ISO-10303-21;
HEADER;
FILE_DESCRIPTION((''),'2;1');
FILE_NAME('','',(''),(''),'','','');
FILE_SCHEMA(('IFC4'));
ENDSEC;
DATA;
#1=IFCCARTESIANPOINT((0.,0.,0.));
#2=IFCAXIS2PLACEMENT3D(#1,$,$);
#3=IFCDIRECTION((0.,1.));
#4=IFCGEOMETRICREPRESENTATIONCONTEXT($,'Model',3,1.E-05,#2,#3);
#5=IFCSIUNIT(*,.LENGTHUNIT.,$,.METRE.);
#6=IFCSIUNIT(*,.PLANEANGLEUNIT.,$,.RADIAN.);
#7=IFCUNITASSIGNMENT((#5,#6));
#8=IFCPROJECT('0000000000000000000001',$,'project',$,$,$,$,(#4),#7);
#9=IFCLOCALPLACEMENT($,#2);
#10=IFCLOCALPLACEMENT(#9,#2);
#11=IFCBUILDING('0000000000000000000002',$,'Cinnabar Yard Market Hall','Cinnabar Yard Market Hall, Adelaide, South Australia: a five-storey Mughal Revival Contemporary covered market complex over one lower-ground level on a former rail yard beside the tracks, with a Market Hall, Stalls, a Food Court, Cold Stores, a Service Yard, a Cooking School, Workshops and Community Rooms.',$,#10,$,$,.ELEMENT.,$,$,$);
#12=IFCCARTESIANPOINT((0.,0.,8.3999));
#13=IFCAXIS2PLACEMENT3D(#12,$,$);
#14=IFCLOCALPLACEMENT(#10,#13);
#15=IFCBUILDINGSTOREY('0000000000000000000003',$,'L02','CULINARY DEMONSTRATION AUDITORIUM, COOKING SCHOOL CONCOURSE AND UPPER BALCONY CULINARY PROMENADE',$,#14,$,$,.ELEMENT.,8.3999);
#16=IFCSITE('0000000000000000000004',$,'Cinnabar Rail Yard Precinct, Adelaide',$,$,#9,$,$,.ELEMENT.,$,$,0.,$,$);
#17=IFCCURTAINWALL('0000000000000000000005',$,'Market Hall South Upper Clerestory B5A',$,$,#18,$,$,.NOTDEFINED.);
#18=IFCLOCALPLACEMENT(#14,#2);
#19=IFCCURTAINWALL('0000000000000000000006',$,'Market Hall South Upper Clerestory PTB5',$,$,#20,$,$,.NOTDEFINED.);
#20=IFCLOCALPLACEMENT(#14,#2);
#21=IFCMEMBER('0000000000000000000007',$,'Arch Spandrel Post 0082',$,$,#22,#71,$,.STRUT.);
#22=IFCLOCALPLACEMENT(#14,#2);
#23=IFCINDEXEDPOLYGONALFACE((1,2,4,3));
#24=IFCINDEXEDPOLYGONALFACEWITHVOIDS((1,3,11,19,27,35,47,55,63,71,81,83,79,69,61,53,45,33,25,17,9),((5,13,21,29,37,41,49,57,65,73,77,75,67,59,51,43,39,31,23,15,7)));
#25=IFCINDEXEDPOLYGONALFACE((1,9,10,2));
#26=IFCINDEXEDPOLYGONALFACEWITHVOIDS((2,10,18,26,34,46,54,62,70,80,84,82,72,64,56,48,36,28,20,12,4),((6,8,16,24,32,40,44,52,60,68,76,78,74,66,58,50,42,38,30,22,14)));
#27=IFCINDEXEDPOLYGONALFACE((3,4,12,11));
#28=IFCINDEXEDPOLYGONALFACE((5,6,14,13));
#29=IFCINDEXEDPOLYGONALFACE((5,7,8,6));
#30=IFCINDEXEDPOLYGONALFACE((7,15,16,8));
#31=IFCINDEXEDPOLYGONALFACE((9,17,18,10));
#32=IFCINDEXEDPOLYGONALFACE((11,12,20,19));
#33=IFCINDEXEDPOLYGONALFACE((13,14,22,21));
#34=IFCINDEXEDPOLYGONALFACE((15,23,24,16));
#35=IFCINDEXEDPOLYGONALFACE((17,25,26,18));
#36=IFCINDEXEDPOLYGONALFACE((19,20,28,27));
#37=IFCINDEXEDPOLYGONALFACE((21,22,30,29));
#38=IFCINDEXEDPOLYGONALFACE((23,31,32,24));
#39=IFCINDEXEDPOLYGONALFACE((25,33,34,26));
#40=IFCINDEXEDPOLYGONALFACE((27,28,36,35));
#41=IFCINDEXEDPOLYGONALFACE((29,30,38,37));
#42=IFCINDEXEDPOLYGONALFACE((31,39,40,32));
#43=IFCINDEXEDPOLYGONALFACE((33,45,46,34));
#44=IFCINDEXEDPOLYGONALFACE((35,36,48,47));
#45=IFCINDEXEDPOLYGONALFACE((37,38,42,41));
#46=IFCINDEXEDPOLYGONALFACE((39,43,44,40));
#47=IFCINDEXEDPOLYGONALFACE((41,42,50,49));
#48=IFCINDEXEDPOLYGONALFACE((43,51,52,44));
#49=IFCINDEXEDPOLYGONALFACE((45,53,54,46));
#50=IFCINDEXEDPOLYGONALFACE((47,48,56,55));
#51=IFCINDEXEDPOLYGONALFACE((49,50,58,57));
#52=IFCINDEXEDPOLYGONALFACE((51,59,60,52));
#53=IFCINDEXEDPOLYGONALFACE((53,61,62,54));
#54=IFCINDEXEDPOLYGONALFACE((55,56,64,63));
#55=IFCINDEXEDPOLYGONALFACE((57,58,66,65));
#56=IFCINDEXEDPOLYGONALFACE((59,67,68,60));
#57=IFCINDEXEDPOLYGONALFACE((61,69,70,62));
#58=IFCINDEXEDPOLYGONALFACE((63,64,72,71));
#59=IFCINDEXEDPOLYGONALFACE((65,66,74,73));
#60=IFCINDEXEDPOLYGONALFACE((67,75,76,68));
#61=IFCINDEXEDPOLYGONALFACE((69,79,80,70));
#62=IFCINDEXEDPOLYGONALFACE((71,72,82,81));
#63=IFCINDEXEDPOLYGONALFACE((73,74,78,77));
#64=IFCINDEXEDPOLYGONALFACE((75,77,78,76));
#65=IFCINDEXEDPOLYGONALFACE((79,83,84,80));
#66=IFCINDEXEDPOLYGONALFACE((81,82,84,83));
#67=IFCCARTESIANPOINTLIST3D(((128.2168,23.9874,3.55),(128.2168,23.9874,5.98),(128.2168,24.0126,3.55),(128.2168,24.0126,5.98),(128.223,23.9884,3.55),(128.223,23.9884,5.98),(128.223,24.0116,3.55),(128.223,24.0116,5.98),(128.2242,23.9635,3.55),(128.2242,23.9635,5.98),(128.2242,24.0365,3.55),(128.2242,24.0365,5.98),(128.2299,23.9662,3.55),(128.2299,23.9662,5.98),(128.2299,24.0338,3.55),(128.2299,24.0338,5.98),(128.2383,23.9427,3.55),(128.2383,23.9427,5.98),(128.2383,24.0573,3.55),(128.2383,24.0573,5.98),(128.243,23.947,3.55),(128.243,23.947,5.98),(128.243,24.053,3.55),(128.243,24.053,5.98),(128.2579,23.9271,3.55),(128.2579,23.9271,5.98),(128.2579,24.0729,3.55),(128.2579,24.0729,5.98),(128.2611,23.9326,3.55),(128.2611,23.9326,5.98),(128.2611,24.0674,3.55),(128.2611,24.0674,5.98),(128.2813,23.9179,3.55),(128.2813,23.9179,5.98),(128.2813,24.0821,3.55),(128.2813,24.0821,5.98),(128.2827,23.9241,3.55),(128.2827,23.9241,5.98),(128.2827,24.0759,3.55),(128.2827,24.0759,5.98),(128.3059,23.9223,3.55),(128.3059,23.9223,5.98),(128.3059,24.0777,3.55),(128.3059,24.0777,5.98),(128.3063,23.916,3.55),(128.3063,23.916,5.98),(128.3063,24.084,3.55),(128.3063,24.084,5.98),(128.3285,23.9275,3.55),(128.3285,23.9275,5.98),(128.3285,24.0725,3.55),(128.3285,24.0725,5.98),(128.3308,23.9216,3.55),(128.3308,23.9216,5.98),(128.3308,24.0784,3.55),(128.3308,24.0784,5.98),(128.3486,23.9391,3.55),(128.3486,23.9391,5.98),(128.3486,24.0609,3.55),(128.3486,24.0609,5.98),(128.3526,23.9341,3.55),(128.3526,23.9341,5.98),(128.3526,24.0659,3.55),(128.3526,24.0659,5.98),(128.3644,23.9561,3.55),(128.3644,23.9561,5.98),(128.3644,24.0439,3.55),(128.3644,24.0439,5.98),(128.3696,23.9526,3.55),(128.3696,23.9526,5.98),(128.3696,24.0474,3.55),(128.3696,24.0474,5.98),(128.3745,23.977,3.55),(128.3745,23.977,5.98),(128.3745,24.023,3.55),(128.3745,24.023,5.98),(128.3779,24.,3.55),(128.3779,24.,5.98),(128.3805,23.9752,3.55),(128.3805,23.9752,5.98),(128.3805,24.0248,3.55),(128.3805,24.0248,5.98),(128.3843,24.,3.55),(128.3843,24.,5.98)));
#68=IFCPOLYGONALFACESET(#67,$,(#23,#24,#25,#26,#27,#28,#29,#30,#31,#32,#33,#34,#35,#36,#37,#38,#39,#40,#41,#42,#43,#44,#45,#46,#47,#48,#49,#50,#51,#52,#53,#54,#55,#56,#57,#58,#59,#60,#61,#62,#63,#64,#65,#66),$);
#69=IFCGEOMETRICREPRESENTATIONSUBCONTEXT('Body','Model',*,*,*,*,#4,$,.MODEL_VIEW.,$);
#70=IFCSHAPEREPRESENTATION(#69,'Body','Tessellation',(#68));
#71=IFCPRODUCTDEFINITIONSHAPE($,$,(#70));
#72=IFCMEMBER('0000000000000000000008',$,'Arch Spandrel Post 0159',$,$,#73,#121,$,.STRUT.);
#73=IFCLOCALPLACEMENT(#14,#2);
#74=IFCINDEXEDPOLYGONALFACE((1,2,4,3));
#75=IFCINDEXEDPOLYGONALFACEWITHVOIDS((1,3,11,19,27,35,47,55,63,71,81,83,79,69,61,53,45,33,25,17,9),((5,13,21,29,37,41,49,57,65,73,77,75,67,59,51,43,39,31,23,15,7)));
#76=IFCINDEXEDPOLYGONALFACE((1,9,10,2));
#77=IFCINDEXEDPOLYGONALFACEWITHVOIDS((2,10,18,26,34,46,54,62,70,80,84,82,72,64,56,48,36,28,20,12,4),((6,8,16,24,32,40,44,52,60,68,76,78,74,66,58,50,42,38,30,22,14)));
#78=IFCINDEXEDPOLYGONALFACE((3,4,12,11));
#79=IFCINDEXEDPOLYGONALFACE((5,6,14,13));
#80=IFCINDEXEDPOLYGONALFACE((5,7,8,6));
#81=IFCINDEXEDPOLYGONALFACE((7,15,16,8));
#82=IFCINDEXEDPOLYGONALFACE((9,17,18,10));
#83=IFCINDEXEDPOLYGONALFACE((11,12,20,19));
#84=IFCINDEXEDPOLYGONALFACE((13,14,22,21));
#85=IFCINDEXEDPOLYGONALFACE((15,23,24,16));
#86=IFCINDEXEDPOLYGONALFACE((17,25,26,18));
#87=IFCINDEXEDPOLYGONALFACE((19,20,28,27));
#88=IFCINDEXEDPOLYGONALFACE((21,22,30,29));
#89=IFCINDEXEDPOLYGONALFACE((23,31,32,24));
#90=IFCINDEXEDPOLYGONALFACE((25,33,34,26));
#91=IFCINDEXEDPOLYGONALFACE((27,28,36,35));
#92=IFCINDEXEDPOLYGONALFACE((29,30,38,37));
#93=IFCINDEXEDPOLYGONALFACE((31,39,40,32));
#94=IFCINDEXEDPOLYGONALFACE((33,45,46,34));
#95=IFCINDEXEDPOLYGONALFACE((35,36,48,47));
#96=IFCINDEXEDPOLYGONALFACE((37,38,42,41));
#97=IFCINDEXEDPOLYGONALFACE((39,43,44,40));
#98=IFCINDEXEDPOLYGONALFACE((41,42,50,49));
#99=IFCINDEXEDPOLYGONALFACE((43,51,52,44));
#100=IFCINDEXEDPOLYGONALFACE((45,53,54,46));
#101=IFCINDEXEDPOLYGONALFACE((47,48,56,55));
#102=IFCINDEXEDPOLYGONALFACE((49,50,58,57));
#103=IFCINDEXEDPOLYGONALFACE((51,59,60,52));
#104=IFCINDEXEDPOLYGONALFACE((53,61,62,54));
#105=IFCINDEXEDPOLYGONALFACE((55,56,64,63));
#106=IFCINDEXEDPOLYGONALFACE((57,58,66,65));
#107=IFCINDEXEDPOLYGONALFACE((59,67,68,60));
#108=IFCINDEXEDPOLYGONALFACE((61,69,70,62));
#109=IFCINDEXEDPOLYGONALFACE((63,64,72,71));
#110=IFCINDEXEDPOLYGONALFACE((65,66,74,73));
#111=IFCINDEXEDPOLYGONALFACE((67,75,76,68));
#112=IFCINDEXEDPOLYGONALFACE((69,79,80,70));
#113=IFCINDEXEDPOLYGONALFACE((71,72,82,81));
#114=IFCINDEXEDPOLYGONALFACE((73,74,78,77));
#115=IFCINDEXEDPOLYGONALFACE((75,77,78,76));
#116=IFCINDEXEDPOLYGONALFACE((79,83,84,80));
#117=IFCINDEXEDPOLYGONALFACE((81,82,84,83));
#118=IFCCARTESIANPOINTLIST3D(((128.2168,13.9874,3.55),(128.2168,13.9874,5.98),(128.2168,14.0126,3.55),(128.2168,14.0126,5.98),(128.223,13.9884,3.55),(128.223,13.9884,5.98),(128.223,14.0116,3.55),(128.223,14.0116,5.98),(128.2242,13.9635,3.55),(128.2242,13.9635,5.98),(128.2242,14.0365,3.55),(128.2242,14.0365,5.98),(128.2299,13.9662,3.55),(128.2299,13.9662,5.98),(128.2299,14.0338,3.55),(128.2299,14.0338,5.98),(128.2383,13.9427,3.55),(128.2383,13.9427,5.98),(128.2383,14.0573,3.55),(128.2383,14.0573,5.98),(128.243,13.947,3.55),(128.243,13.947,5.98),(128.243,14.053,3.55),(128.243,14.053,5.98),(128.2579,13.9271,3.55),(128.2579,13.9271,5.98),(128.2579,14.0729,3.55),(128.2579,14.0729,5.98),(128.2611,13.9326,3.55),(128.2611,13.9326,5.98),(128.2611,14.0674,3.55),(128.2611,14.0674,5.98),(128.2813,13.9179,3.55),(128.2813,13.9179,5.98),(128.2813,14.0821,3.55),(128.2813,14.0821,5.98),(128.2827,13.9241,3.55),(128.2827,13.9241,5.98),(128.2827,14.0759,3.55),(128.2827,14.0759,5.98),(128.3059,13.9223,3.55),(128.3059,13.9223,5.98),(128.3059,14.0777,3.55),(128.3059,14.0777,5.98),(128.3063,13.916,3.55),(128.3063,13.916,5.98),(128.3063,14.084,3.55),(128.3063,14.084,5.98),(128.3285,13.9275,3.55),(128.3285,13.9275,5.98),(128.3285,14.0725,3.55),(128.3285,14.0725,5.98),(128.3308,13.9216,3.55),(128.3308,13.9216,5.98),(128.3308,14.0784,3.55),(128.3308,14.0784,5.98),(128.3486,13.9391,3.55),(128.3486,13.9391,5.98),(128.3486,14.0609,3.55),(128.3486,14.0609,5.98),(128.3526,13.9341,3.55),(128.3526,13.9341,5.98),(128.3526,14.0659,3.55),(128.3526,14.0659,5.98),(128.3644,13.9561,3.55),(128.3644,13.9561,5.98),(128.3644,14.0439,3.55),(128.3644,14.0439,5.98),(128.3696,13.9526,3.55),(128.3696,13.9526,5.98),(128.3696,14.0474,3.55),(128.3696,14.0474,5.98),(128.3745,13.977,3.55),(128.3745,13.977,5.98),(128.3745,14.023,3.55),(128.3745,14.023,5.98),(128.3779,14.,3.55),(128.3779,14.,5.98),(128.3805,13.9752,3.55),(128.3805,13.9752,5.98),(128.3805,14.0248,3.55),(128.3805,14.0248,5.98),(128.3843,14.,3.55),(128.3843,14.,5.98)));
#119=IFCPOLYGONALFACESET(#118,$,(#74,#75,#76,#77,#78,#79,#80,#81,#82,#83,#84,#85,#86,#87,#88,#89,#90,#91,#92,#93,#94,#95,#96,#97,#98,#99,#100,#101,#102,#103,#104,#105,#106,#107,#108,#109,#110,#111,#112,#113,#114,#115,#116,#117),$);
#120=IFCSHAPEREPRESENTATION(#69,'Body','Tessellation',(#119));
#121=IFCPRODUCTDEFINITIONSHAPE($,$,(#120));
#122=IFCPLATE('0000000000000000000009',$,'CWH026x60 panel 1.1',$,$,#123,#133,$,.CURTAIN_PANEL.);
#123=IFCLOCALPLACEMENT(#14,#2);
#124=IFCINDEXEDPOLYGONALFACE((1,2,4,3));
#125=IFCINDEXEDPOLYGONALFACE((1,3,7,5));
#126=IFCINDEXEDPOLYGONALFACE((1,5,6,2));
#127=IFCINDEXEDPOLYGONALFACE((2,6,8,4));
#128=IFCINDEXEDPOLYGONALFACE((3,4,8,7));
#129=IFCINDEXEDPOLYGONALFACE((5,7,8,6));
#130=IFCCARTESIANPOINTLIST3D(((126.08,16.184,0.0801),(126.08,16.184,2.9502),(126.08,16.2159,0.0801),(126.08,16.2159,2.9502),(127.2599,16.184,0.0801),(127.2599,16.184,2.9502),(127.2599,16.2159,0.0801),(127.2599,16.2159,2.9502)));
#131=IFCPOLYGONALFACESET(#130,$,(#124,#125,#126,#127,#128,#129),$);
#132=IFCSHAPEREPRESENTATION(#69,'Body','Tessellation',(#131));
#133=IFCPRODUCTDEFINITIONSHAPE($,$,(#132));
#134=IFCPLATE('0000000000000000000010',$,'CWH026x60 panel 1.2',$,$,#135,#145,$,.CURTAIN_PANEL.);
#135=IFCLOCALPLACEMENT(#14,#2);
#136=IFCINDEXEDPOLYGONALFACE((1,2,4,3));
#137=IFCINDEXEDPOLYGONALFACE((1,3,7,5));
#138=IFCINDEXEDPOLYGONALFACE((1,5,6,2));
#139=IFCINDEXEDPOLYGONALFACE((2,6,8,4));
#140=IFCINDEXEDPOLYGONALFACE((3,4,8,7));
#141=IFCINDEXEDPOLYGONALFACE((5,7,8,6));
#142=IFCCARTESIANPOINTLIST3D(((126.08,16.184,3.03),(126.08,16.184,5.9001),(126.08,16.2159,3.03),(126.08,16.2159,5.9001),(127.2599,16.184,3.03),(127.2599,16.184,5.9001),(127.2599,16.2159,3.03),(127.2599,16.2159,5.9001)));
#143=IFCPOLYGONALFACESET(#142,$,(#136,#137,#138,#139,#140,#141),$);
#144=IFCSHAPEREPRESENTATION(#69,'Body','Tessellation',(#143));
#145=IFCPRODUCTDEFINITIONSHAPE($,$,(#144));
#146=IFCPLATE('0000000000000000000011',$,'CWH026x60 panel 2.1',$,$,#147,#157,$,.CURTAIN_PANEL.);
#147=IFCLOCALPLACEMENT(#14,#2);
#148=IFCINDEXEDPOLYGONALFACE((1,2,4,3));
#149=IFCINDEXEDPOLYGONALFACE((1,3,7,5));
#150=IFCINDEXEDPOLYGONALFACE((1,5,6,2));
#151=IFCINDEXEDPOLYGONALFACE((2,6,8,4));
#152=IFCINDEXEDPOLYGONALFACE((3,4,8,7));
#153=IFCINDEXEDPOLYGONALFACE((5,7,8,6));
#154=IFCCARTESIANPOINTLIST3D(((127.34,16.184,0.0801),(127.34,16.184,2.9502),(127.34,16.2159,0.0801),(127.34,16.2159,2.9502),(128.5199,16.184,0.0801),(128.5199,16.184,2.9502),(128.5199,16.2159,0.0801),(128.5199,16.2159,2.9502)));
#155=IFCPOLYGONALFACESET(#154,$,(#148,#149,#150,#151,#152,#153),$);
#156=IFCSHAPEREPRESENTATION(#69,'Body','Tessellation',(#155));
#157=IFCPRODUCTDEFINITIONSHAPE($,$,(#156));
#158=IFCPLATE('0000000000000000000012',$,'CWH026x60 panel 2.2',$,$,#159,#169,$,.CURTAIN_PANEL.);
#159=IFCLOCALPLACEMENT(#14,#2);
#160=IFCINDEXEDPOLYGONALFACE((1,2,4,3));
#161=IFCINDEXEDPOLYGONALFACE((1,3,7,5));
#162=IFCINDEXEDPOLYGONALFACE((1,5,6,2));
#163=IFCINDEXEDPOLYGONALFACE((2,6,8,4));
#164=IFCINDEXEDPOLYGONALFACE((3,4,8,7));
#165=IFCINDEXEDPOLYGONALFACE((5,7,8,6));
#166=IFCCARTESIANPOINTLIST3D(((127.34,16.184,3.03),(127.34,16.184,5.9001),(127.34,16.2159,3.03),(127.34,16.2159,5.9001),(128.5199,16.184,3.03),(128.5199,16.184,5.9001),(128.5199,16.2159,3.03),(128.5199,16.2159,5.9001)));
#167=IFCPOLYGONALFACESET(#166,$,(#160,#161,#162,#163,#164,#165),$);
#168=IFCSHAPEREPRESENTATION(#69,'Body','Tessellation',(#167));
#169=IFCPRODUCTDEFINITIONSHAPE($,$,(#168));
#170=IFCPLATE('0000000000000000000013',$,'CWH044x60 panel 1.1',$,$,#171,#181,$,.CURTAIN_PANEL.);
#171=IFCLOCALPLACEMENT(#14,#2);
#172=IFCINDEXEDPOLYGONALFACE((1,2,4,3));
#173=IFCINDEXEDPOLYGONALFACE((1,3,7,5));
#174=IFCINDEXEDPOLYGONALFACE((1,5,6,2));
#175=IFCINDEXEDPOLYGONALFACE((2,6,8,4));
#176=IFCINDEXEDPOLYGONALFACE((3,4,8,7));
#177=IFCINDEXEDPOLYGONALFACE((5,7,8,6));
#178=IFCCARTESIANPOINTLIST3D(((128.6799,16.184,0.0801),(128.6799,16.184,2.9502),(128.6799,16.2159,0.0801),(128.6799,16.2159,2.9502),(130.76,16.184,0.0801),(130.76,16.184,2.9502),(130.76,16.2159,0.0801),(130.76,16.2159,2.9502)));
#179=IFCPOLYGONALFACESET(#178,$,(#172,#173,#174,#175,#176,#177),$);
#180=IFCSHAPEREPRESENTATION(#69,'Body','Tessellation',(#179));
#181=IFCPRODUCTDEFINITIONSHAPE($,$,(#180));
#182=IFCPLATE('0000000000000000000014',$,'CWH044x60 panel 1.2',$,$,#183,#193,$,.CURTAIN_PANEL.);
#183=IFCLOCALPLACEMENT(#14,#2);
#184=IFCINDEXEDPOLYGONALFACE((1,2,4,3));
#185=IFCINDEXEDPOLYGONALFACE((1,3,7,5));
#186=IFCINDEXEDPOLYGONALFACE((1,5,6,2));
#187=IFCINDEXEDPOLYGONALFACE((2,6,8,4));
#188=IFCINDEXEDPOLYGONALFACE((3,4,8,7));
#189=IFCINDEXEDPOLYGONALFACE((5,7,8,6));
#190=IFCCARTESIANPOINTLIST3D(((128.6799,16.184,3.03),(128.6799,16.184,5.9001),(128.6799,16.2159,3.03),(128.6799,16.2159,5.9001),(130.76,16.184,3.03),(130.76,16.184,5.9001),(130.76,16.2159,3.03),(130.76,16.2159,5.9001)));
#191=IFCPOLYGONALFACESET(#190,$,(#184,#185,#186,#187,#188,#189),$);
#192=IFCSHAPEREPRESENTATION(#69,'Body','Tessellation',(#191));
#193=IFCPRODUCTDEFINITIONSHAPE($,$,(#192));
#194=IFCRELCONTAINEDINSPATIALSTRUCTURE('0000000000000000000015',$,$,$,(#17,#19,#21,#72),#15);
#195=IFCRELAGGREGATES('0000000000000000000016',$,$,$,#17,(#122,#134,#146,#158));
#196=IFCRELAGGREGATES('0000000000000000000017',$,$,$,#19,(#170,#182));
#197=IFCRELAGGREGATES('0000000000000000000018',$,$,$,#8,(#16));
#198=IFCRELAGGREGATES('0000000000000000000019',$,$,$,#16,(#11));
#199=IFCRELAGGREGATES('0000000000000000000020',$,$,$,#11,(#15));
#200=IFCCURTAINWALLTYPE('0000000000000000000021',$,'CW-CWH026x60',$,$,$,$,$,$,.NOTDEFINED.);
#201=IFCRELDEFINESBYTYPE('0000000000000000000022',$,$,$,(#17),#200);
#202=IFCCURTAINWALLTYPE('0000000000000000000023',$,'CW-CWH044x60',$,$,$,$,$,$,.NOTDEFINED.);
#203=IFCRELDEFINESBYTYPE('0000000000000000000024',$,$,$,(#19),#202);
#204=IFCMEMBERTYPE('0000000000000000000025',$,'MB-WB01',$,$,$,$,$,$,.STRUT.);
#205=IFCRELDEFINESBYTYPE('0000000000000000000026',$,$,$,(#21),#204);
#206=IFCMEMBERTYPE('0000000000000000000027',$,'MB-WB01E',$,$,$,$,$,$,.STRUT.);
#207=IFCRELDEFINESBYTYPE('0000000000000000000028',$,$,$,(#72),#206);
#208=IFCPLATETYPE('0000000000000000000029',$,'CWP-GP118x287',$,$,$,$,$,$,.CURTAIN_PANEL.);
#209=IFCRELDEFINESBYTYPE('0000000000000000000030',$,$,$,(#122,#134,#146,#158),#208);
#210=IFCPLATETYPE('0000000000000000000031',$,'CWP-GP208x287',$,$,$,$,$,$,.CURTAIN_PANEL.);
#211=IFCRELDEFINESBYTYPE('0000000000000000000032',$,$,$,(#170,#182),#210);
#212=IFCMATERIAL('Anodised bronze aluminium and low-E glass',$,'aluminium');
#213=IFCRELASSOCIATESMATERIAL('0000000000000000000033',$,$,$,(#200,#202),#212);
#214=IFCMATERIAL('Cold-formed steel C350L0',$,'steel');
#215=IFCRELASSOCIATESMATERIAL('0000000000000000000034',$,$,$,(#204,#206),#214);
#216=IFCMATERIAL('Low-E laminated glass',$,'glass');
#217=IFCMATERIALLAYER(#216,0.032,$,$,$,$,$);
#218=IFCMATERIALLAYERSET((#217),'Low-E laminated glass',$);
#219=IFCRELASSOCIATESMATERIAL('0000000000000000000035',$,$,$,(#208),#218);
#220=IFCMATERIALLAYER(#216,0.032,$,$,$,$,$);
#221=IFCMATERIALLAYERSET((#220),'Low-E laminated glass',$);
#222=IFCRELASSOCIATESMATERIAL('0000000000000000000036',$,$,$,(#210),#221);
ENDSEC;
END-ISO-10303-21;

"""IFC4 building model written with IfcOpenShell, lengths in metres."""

from ifc_helpers import new_model, si_unit, direction, frame, origin, origin_2d_with_axis, place, context, subcontext, project, spatial, rectangle, hollow_circle, extrude, material, layer, layer_set, material_profile, profile_set, type_object, element, aggregate, save


model = new_model("IFC4")

# Units and contexts
model_context = context("Model", 3, precision=1e-05, world=origin(), true_north=direction((0.0, 1.0)))
body_context = subcontext(model_context, "Body", "Model", "MODEL_VIEW")
ifc_project = project(units=[si_unit("LENGTHUNIT", "METRE"), si_unit("PLANEANGLEUNIT", "RADIAN")], contexts=[model_context])

# Site, building, storey
site_placement = place(None, origin())
site = spatial("IfcSite", under=ifc_project, at=site_placement, Name="Cinnabar Rail Yard Precinct, Adelaide", CompositionType="ELEMENT", RefElevation=0.0)
building_placement = place(site_placement, origin())
building = spatial("IfcBuilding", under=site, at=building_placement, Name="Cinnabar Yard Market Hall", Description="Cinnabar Yard Market Hall, Adelaide, South Australia: a five-storey Mughal Revival Contemporary covered market complex over one lower-ground level on a former rail yard beside the tracks, with a Market Hall, Stalls, a Food Court, Cold Stores, a Service Yard, a Cooking School, Workshops and Community Rooms.", CompositionType="ELEMENT")
storey_placement = place(building_placement, frame((0.0, 0.0, 8.3999)))
storey = spatial("IfcBuildingStorey", under=building, at=storey_placement, Name="L02", Description="CULINARY DEMONSTRATION AUDITORIUM, COOKING SCHOOL CONCOURSE AND UPPER BALCONY CULINARY PROMENADE", CompositionType="ELEMENT", Elevation=8.3999)

# Curtain walls
ifc_material_1 = material(Name="Anodised bronze aluminium and low-E glass", Category="aluminium")
curtain_wall_type_1 = type_object("IfcCurtainWallType", Name="CW-CWH026x60", PredefinedType="NOTDEFINED", material=ifc_material_1)
curtain_wall_1_placement = place(storey_placement, origin())
curtain_wall_1 = element("IfcCurtainWall", 1, at=curtain_wall_1_placement, inside=storey, type_object=curtain_wall_type_1, Name="Market Hall South Upper Clerestory B5A", PredefinedType="NOTDEFINED")
curtain_wall_type_2 = type_object("IfcCurtainWallType", Name="CW-CWH044x60", PredefinedType="NOTDEFINED", material=ifc_material_1)
curtain_wall_2_placement = place(storey_placement, origin())
curtain_wall_2 = element("IfcCurtainWall", 2, at=curtain_wall_2_placement, inside=storey, type_object=curtain_wall_type_2, Name="Market Hall South Upper Clerestory PTB5", PredefinedType="NOTDEFINED")

# Members
ifc_material_2 = material(Name="Cold-formed steel C350L0", Category="steel")
ifc_material_profile_1 = material_profile(ifc_material_2, hollow_circle(Radius=0.0842, WallThickness=0.0063, at=origin_2d_with_axis()), Name="168.3x6.4CHS")
ifc_profile_set_1 = profile_set([ifc_material_profile_1], Name="Cold-formed steel C350L0")
member_type_1 = type_object("IfcMemberType", Name="MB-WB01", PredefinedType="STRUT", material=ifc_profile_set_1)
member_1_placement = place(storey_placement, frame((128.3, 24.0, 3.55), z_axis=(0.0, 0.0, 1.0), x_axis=(1.0, 0.0, 0.0)))
element("IfcMember", 3, at=member_1_placement, inside=storey, type_object=member_type_1, Name="Arch Spandrel Post 0082", PredefinedType="STRUT", context=body_context, shape_type="SweptSolid", body=[
    extrude(hollow_circle(Radius=0.0842, WallThickness=0.0063, at=origin_2d_with_axis()), origin(), (0.0, 0.0, 1.0), 2.4299),
])
ifc_material_profile_2 = material_profile(ifc_material_2, hollow_circle(Radius=0.0842, WallThickness=0.0063, at=origin_2d_with_axis()), Name="168.3x6.4CHS")
ifc_profile_set_2 = profile_set([ifc_material_profile_2], Name="Cold-formed steel C350L0")
member_type_2 = type_object("IfcMemberType", Name="MB-WB01E", PredefinedType="STRUT", material=ifc_profile_set_2)
member_2_placement = place(storey_placement, frame((128.3, 14.0, 3.55), z_axis=(0.0, 0.0, 1.0), x_axis=(1.0, 0.0, 0.0)))
element("IfcMember", 4, at=member_2_placement, inside=storey, type_object=member_type_2, Name="Arch Spandrel Post 0159", PredefinedType="STRUT", context=body_context, shape_type="SweptSolid", body=[
    extrude(hollow_circle(Radius=0.0842, WallThickness=0.0063, at=origin_2d_with_axis()), origin(), (0.0, 0.0, 1.0), 2.4299),
])

# Plates
ifc_material_3 = material(Name="Low-E laminated glass", Category="glass")
ifc_layer_1 = layer(ifc_material_3, 0.032)
ifc_layer_set_1 = layer_set([ifc_layer_1], Name="Low-E laminated glass")
plate_type_1 = type_object("IfcPlateType", Name="CWP-GP118x287", PredefinedType="CURTAIN_PANEL", material=ifc_layer_set_1)
plate_1_placement = place(storey_placement, frame((126.6699, 16.2, 0.0801), z_axis=(0.0, 0.0, 1.0), x_axis=(1.0, 0.0, 0.0)))
plate_1 = element("IfcPlate", 5, at=plate_1_placement, type_object=plate_type_1, Name="CWH026x60 panel 1.1", PredefinedType="CURTAIN_PANEL", context=body_context, shape_type="SweptSolid", body=[
    extrude(rectangle(XDim=1.1799, YDim=0.032, at=origin_2d_with_axis()), origin(), (0.0, 0.0, 1.0), 2.8701),
])
plate_2_placement = place(storey_placement, frame((126.6699, 16.2, 3.03), z_axis=(0.0, 0.0, 1.0), x_axis=(1.0, 0.0, 0.0)))
plate_2 = element("IfcPlate", 6, at=plate_2_placement, type_object=plate_type_1, Name="CWH026x60 panel 1.2", PredefinedType="CURTAIN_PANEL", context=body_context, shape_type="SweptSolid", body=[
    extrude(rectangle(XDim=1.1799, YDim=0.032, at=origin_2d_with_axis()), origin(), (0.0, 0.0, 1.0), 2.8701),
])
plate_3_placement = place(storey_placement, frame((127.9299, 16.2, 0.0801), z_axis=(0.0, 0.0, 1.0), x_axis=(1.0, 0.0, 0.0)))
plate_3 = element("IfcPlate", 7, at=plate_3_placement, type_object=plate_type_1, Name="CWH026x60 panel 2.1", PredefinedType="CURTAIN_PANEL", context=body_context, shape_type="SweptSolid", body=[
    extrude(rectangle(XDim=1.1799, YDim=0.032, at=origin_2d_with_axis()), origin(), (0.0, 0.0, 1.0), 2.8701),
])
plate_4_placement = place(storey_placement, frame((127.9299, 16.2, 3.03), z_axis=(0.0, 0.0, 1.0), x_axis=(1.0, 0.0, 0.0)))
plate_4 = element("IfcPlate", 8, at=plate_4_placement, type_object=plate_type_1, Name="CWH026x60 panel 2.2", PredefinedType="CURTAIN_PANEL", context=body_context, shape_type="SweptSolid", body=[
    extrude(rectangle(XDim=1.1799, YDim=0.032, at=origin_2d_with_axis()), origin(), (0.0, 0.0, 1.0), 2.8701),
])
aggregate(curtain_wall_1, [plate_1, plate_2, plate_3, plate_4])
ifc_layer_2 = layer(ifc_material_3, 0.032)
ifc_layer_set_2 = layer_set([ifc_layer_2], Name="Low-E laminated glass")
plate_type_2 = type_object("IfcPlateType", Name="CWP-GP208x287", PredefinedType="CURTAIN_PANEL", material=ifc_layer_set_2)
plate_5_placement = place(storey_placement, frame((129.72, 16.2, 0.0801), z_axis=(0.0, 0.0, 1.0), x_axis=(1.0, 0.0, 0.0)))
plate_5 = element("IfcPlate", 9, at=plate_5_placement, type_object=plate_type_2, Name="CWH044x60 panel 1.1", PredefinedType="CURTAIN_PANEL", context=body_context, shape_type="SweptSolid", body=[
    extrude(rectangle(XDim=2.0801, YDim=0.032, at=origin_2d_with_axis()), origin(), (0.0, 0.0, 1.0), 2.8701),
])
plate_6_placement = place(storey_placement, frame((129.72, 16.2, 3.03), z_axis=(0.0, 0.0, 1.0), x_axis=(1.0, 0.0, 0.0)))
plate_6 = element("IfcPlate", 10, at=plate_6_placement, type_object=plate_type_2, Name="CWH044x60 panel 1.2", PredefinedType="CURTAIN_PANEL", context=body_context, shape_type="SweptSolid", body=[
    extrude(rectangle(XDim=2.0801, YDim=0.032, at=origin_2d_with_axis()), origin(), (0.0, 0.0, 1.0), 2.8701),
])
aggregate(curtain_wall_2, [plate_5, plate_6])

save(model, "model.ifc")
